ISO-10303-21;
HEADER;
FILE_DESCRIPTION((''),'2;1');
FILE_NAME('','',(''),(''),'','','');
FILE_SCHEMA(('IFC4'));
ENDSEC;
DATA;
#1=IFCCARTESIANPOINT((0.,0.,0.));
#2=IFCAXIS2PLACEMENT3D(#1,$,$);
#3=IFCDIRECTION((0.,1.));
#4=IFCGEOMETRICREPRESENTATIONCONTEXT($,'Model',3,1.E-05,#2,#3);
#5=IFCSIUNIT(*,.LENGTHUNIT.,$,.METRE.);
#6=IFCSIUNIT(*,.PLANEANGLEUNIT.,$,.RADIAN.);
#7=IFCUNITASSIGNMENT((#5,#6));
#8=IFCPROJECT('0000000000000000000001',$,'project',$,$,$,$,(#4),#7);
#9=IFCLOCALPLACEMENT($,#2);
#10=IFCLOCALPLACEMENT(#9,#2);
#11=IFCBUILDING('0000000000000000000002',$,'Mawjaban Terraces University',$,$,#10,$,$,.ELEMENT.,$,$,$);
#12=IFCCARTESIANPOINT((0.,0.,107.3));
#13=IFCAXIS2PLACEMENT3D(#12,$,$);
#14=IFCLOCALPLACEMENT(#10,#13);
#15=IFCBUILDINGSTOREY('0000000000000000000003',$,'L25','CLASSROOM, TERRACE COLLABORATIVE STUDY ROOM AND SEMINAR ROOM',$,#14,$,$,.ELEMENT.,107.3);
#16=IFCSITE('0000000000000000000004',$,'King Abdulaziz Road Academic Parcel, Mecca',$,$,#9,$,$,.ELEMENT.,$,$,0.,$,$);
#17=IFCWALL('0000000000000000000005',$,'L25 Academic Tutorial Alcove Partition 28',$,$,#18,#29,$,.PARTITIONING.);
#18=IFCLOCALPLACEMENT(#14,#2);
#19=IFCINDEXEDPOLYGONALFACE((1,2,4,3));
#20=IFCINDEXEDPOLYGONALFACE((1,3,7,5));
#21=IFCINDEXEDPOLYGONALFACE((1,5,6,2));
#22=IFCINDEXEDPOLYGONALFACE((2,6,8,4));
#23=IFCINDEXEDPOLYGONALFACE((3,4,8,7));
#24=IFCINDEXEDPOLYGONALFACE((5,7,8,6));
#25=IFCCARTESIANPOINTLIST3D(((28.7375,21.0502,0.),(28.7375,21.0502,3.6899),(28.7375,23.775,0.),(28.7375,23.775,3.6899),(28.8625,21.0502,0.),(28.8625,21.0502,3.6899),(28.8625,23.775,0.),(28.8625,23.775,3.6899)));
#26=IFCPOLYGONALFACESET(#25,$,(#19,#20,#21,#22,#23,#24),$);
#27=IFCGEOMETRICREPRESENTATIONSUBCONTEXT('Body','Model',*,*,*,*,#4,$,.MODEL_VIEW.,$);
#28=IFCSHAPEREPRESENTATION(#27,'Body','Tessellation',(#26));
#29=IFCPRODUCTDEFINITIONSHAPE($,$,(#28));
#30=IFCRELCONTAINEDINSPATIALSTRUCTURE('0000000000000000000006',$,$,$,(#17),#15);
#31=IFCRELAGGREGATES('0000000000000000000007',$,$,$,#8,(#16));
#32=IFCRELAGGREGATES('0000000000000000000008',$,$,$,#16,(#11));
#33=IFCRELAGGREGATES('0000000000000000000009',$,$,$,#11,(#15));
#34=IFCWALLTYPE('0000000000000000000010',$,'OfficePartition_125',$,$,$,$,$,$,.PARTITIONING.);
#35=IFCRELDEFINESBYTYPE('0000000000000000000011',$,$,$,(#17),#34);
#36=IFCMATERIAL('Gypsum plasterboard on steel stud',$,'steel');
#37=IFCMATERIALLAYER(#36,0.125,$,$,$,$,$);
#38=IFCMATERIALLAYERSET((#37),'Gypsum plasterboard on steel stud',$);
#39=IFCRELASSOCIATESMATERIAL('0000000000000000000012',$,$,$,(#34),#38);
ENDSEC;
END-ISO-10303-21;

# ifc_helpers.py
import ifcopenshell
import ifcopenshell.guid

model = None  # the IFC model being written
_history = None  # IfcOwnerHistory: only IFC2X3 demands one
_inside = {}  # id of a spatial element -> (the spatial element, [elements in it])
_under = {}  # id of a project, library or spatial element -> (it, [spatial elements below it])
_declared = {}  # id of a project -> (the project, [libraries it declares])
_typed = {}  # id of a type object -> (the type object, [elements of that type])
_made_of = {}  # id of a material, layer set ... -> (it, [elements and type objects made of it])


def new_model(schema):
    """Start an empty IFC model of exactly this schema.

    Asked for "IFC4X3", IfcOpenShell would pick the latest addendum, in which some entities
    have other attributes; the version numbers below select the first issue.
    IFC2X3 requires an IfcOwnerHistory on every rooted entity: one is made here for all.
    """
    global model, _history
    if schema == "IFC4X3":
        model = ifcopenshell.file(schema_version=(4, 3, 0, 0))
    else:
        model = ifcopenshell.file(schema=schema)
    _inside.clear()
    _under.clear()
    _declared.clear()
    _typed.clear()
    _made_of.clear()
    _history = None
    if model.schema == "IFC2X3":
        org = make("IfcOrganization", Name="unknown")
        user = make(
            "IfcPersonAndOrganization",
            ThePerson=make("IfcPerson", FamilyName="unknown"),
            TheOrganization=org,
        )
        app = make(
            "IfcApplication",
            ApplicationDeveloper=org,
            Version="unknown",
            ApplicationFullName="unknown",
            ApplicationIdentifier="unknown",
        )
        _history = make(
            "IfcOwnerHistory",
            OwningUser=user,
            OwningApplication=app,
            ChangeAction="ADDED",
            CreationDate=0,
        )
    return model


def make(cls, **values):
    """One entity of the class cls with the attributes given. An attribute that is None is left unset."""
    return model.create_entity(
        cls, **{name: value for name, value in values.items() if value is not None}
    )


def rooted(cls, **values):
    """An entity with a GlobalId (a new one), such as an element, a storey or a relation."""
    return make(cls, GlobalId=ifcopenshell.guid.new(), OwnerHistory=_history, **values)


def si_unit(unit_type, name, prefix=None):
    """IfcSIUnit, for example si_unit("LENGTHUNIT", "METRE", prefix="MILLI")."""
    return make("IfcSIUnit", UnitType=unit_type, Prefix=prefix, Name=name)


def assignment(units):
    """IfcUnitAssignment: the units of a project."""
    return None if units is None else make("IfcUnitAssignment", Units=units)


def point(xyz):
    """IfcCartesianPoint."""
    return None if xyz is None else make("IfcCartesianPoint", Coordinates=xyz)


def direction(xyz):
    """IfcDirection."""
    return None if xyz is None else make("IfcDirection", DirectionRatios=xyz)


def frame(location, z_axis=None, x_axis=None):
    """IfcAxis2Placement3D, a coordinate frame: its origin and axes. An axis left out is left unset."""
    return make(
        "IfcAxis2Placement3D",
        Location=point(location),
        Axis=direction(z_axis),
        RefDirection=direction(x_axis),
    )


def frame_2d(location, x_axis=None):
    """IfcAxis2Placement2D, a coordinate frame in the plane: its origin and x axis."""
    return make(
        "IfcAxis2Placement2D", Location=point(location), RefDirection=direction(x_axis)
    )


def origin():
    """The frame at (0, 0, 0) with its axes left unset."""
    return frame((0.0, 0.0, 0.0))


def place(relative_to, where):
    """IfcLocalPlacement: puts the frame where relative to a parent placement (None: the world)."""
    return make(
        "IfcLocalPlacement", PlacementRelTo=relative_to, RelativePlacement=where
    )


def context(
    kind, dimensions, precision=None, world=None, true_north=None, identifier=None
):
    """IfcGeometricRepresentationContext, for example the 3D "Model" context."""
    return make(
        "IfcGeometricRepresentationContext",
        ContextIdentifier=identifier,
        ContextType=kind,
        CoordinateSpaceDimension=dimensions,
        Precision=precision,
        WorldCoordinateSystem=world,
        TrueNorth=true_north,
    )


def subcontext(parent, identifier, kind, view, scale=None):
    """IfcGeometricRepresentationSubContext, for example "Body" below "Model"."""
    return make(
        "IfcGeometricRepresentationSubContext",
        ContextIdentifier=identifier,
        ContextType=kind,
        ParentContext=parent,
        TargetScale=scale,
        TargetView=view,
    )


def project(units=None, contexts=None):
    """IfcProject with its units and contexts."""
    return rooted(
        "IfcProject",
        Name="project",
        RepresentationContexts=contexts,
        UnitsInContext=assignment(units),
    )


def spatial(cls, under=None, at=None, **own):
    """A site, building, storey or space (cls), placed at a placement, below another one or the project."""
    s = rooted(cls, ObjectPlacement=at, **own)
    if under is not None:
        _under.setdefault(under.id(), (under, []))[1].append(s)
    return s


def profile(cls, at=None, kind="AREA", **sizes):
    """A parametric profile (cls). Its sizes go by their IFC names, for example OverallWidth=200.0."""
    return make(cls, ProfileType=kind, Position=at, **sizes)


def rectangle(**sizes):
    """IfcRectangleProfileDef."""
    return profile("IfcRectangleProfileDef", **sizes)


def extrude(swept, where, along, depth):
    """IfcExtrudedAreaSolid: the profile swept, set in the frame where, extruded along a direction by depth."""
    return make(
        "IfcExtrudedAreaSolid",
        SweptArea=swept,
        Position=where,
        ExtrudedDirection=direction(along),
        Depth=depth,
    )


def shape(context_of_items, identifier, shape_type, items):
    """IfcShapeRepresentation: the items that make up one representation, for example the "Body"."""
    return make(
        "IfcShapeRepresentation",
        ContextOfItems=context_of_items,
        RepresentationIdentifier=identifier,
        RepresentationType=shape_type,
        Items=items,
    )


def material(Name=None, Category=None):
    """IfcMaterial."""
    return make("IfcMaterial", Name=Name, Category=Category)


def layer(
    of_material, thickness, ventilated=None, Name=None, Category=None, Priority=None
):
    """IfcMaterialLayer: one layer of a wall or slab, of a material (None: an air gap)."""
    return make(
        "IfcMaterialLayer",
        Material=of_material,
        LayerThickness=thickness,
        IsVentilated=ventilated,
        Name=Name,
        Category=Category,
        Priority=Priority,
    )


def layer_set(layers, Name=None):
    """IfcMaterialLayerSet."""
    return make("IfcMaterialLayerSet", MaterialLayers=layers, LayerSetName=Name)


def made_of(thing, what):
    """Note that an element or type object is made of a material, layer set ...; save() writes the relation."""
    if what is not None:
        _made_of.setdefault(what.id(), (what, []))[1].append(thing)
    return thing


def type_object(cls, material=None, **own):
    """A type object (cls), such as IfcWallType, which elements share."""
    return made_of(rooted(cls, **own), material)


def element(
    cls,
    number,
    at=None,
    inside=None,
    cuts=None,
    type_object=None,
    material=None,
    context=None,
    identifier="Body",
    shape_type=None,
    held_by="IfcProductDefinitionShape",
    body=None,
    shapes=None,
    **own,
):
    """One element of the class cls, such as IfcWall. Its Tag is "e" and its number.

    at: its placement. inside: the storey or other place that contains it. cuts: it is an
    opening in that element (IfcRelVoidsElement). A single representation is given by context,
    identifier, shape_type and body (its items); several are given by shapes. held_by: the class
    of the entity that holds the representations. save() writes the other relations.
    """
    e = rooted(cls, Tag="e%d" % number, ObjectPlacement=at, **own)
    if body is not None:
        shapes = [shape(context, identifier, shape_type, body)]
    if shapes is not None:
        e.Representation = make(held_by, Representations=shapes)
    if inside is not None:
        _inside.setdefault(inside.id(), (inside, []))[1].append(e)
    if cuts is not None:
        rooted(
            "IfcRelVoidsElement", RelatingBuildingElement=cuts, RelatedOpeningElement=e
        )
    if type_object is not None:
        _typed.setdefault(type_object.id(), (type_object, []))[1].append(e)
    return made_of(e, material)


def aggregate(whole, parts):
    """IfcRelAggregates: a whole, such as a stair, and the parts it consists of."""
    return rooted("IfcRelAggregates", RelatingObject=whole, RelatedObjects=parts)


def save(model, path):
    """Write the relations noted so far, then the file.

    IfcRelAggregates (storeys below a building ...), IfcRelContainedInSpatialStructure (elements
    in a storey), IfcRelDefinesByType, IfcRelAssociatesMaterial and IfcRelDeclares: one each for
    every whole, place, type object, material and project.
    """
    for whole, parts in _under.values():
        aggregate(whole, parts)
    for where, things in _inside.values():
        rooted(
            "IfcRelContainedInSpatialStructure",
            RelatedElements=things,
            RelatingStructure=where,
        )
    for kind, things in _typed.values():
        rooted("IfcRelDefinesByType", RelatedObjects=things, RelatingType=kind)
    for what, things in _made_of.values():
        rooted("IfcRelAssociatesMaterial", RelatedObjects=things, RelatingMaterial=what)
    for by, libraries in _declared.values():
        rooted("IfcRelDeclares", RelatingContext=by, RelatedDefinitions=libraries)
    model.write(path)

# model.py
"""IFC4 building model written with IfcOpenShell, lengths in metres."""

from ifc_helpers import new_model, si_unit, direction, frame, frame_2d, origin, place, context, subcontext, project, spatial, rectangle, extrude, material, layer, layer_set, type_object, element, save


model = new_model("IFC4")

# Units and contexts
model_context = context("Model", 3, precision=1e-05, world=origin(), true_north=direction((0.0, 1.0)))
body_context = subcontext(model_context, "Body", "Model", "MODEL_VIEW")
ifc_project = project(units=[si_unit("LENGTHUNIT", "METRE"), si_unit("PLANEANGLEUNIT", "RADIAN")], contexts=[model_context])

# Site, building, storey
site_placement = place(None, origin())
site = spatial("IfcSite", under=ifc_project, at=site_placement, Name="King Abdulaziz Road Academic Parcel, Mecca", CompositionType="ELEMENT", RefElevation=0.0)
building_placement = place(site_placement, origin())
building = spatial("IfcBuilding", under=site, at=building_placement, Name="Mawjaban Terraces University", CompositionType="ELEMENT")
storey_placement = place(building_placement, frame((0.0, 0.0, 107.3)))
storey = spatial("IfcBuildingStorey", under=building, at=storey_placement, Name="L25", Description="CLASSROOM, TERRACE COLLABORATIVE STUDY ROOM AND SEMINAR ROOM", CompositionType="ELEMENT", Elevation=107.3)

# Wall
ifc_material_1 = material(Name="Gypsum plasterboard on steel stud", Category="steel")
ifc_layer_1 = layer(ifc_material_1, 0.125)
ifc_layer_set_1 = layer_set([ifc_layer_1], Name="Gypsum plasterboard on steel stud")
wall_type_1 = type_object("IfcWallType", Name="OfficePartition_125", PredefinedType="PARTITIONING", material=ifc_layer_set_1)
wall_1_placement = place(storey_placement, frame((28.8, 23.7749, 0.0), z_axis=(0.0, 0.0, 1.0), x_axis=(0.0, -1.0, 0.0)))
element("IfcWall", 1, at=wall_1_placement, inside=storey, type_object=wall_type_1, Name="L25 Academic Tutorial Alcove Partition 28", PredefinedType="PARTITIONING", context=body_context, shape_type="SweptSolid", body=[
    extrude(rectangle(XDim=2.7249, YDim=0.125, at=frame_2d((1.3623, 0.0))), origin(), (0.0, 0.0, 1.0), 3.6899),
])

save(model, "model.ifc")
